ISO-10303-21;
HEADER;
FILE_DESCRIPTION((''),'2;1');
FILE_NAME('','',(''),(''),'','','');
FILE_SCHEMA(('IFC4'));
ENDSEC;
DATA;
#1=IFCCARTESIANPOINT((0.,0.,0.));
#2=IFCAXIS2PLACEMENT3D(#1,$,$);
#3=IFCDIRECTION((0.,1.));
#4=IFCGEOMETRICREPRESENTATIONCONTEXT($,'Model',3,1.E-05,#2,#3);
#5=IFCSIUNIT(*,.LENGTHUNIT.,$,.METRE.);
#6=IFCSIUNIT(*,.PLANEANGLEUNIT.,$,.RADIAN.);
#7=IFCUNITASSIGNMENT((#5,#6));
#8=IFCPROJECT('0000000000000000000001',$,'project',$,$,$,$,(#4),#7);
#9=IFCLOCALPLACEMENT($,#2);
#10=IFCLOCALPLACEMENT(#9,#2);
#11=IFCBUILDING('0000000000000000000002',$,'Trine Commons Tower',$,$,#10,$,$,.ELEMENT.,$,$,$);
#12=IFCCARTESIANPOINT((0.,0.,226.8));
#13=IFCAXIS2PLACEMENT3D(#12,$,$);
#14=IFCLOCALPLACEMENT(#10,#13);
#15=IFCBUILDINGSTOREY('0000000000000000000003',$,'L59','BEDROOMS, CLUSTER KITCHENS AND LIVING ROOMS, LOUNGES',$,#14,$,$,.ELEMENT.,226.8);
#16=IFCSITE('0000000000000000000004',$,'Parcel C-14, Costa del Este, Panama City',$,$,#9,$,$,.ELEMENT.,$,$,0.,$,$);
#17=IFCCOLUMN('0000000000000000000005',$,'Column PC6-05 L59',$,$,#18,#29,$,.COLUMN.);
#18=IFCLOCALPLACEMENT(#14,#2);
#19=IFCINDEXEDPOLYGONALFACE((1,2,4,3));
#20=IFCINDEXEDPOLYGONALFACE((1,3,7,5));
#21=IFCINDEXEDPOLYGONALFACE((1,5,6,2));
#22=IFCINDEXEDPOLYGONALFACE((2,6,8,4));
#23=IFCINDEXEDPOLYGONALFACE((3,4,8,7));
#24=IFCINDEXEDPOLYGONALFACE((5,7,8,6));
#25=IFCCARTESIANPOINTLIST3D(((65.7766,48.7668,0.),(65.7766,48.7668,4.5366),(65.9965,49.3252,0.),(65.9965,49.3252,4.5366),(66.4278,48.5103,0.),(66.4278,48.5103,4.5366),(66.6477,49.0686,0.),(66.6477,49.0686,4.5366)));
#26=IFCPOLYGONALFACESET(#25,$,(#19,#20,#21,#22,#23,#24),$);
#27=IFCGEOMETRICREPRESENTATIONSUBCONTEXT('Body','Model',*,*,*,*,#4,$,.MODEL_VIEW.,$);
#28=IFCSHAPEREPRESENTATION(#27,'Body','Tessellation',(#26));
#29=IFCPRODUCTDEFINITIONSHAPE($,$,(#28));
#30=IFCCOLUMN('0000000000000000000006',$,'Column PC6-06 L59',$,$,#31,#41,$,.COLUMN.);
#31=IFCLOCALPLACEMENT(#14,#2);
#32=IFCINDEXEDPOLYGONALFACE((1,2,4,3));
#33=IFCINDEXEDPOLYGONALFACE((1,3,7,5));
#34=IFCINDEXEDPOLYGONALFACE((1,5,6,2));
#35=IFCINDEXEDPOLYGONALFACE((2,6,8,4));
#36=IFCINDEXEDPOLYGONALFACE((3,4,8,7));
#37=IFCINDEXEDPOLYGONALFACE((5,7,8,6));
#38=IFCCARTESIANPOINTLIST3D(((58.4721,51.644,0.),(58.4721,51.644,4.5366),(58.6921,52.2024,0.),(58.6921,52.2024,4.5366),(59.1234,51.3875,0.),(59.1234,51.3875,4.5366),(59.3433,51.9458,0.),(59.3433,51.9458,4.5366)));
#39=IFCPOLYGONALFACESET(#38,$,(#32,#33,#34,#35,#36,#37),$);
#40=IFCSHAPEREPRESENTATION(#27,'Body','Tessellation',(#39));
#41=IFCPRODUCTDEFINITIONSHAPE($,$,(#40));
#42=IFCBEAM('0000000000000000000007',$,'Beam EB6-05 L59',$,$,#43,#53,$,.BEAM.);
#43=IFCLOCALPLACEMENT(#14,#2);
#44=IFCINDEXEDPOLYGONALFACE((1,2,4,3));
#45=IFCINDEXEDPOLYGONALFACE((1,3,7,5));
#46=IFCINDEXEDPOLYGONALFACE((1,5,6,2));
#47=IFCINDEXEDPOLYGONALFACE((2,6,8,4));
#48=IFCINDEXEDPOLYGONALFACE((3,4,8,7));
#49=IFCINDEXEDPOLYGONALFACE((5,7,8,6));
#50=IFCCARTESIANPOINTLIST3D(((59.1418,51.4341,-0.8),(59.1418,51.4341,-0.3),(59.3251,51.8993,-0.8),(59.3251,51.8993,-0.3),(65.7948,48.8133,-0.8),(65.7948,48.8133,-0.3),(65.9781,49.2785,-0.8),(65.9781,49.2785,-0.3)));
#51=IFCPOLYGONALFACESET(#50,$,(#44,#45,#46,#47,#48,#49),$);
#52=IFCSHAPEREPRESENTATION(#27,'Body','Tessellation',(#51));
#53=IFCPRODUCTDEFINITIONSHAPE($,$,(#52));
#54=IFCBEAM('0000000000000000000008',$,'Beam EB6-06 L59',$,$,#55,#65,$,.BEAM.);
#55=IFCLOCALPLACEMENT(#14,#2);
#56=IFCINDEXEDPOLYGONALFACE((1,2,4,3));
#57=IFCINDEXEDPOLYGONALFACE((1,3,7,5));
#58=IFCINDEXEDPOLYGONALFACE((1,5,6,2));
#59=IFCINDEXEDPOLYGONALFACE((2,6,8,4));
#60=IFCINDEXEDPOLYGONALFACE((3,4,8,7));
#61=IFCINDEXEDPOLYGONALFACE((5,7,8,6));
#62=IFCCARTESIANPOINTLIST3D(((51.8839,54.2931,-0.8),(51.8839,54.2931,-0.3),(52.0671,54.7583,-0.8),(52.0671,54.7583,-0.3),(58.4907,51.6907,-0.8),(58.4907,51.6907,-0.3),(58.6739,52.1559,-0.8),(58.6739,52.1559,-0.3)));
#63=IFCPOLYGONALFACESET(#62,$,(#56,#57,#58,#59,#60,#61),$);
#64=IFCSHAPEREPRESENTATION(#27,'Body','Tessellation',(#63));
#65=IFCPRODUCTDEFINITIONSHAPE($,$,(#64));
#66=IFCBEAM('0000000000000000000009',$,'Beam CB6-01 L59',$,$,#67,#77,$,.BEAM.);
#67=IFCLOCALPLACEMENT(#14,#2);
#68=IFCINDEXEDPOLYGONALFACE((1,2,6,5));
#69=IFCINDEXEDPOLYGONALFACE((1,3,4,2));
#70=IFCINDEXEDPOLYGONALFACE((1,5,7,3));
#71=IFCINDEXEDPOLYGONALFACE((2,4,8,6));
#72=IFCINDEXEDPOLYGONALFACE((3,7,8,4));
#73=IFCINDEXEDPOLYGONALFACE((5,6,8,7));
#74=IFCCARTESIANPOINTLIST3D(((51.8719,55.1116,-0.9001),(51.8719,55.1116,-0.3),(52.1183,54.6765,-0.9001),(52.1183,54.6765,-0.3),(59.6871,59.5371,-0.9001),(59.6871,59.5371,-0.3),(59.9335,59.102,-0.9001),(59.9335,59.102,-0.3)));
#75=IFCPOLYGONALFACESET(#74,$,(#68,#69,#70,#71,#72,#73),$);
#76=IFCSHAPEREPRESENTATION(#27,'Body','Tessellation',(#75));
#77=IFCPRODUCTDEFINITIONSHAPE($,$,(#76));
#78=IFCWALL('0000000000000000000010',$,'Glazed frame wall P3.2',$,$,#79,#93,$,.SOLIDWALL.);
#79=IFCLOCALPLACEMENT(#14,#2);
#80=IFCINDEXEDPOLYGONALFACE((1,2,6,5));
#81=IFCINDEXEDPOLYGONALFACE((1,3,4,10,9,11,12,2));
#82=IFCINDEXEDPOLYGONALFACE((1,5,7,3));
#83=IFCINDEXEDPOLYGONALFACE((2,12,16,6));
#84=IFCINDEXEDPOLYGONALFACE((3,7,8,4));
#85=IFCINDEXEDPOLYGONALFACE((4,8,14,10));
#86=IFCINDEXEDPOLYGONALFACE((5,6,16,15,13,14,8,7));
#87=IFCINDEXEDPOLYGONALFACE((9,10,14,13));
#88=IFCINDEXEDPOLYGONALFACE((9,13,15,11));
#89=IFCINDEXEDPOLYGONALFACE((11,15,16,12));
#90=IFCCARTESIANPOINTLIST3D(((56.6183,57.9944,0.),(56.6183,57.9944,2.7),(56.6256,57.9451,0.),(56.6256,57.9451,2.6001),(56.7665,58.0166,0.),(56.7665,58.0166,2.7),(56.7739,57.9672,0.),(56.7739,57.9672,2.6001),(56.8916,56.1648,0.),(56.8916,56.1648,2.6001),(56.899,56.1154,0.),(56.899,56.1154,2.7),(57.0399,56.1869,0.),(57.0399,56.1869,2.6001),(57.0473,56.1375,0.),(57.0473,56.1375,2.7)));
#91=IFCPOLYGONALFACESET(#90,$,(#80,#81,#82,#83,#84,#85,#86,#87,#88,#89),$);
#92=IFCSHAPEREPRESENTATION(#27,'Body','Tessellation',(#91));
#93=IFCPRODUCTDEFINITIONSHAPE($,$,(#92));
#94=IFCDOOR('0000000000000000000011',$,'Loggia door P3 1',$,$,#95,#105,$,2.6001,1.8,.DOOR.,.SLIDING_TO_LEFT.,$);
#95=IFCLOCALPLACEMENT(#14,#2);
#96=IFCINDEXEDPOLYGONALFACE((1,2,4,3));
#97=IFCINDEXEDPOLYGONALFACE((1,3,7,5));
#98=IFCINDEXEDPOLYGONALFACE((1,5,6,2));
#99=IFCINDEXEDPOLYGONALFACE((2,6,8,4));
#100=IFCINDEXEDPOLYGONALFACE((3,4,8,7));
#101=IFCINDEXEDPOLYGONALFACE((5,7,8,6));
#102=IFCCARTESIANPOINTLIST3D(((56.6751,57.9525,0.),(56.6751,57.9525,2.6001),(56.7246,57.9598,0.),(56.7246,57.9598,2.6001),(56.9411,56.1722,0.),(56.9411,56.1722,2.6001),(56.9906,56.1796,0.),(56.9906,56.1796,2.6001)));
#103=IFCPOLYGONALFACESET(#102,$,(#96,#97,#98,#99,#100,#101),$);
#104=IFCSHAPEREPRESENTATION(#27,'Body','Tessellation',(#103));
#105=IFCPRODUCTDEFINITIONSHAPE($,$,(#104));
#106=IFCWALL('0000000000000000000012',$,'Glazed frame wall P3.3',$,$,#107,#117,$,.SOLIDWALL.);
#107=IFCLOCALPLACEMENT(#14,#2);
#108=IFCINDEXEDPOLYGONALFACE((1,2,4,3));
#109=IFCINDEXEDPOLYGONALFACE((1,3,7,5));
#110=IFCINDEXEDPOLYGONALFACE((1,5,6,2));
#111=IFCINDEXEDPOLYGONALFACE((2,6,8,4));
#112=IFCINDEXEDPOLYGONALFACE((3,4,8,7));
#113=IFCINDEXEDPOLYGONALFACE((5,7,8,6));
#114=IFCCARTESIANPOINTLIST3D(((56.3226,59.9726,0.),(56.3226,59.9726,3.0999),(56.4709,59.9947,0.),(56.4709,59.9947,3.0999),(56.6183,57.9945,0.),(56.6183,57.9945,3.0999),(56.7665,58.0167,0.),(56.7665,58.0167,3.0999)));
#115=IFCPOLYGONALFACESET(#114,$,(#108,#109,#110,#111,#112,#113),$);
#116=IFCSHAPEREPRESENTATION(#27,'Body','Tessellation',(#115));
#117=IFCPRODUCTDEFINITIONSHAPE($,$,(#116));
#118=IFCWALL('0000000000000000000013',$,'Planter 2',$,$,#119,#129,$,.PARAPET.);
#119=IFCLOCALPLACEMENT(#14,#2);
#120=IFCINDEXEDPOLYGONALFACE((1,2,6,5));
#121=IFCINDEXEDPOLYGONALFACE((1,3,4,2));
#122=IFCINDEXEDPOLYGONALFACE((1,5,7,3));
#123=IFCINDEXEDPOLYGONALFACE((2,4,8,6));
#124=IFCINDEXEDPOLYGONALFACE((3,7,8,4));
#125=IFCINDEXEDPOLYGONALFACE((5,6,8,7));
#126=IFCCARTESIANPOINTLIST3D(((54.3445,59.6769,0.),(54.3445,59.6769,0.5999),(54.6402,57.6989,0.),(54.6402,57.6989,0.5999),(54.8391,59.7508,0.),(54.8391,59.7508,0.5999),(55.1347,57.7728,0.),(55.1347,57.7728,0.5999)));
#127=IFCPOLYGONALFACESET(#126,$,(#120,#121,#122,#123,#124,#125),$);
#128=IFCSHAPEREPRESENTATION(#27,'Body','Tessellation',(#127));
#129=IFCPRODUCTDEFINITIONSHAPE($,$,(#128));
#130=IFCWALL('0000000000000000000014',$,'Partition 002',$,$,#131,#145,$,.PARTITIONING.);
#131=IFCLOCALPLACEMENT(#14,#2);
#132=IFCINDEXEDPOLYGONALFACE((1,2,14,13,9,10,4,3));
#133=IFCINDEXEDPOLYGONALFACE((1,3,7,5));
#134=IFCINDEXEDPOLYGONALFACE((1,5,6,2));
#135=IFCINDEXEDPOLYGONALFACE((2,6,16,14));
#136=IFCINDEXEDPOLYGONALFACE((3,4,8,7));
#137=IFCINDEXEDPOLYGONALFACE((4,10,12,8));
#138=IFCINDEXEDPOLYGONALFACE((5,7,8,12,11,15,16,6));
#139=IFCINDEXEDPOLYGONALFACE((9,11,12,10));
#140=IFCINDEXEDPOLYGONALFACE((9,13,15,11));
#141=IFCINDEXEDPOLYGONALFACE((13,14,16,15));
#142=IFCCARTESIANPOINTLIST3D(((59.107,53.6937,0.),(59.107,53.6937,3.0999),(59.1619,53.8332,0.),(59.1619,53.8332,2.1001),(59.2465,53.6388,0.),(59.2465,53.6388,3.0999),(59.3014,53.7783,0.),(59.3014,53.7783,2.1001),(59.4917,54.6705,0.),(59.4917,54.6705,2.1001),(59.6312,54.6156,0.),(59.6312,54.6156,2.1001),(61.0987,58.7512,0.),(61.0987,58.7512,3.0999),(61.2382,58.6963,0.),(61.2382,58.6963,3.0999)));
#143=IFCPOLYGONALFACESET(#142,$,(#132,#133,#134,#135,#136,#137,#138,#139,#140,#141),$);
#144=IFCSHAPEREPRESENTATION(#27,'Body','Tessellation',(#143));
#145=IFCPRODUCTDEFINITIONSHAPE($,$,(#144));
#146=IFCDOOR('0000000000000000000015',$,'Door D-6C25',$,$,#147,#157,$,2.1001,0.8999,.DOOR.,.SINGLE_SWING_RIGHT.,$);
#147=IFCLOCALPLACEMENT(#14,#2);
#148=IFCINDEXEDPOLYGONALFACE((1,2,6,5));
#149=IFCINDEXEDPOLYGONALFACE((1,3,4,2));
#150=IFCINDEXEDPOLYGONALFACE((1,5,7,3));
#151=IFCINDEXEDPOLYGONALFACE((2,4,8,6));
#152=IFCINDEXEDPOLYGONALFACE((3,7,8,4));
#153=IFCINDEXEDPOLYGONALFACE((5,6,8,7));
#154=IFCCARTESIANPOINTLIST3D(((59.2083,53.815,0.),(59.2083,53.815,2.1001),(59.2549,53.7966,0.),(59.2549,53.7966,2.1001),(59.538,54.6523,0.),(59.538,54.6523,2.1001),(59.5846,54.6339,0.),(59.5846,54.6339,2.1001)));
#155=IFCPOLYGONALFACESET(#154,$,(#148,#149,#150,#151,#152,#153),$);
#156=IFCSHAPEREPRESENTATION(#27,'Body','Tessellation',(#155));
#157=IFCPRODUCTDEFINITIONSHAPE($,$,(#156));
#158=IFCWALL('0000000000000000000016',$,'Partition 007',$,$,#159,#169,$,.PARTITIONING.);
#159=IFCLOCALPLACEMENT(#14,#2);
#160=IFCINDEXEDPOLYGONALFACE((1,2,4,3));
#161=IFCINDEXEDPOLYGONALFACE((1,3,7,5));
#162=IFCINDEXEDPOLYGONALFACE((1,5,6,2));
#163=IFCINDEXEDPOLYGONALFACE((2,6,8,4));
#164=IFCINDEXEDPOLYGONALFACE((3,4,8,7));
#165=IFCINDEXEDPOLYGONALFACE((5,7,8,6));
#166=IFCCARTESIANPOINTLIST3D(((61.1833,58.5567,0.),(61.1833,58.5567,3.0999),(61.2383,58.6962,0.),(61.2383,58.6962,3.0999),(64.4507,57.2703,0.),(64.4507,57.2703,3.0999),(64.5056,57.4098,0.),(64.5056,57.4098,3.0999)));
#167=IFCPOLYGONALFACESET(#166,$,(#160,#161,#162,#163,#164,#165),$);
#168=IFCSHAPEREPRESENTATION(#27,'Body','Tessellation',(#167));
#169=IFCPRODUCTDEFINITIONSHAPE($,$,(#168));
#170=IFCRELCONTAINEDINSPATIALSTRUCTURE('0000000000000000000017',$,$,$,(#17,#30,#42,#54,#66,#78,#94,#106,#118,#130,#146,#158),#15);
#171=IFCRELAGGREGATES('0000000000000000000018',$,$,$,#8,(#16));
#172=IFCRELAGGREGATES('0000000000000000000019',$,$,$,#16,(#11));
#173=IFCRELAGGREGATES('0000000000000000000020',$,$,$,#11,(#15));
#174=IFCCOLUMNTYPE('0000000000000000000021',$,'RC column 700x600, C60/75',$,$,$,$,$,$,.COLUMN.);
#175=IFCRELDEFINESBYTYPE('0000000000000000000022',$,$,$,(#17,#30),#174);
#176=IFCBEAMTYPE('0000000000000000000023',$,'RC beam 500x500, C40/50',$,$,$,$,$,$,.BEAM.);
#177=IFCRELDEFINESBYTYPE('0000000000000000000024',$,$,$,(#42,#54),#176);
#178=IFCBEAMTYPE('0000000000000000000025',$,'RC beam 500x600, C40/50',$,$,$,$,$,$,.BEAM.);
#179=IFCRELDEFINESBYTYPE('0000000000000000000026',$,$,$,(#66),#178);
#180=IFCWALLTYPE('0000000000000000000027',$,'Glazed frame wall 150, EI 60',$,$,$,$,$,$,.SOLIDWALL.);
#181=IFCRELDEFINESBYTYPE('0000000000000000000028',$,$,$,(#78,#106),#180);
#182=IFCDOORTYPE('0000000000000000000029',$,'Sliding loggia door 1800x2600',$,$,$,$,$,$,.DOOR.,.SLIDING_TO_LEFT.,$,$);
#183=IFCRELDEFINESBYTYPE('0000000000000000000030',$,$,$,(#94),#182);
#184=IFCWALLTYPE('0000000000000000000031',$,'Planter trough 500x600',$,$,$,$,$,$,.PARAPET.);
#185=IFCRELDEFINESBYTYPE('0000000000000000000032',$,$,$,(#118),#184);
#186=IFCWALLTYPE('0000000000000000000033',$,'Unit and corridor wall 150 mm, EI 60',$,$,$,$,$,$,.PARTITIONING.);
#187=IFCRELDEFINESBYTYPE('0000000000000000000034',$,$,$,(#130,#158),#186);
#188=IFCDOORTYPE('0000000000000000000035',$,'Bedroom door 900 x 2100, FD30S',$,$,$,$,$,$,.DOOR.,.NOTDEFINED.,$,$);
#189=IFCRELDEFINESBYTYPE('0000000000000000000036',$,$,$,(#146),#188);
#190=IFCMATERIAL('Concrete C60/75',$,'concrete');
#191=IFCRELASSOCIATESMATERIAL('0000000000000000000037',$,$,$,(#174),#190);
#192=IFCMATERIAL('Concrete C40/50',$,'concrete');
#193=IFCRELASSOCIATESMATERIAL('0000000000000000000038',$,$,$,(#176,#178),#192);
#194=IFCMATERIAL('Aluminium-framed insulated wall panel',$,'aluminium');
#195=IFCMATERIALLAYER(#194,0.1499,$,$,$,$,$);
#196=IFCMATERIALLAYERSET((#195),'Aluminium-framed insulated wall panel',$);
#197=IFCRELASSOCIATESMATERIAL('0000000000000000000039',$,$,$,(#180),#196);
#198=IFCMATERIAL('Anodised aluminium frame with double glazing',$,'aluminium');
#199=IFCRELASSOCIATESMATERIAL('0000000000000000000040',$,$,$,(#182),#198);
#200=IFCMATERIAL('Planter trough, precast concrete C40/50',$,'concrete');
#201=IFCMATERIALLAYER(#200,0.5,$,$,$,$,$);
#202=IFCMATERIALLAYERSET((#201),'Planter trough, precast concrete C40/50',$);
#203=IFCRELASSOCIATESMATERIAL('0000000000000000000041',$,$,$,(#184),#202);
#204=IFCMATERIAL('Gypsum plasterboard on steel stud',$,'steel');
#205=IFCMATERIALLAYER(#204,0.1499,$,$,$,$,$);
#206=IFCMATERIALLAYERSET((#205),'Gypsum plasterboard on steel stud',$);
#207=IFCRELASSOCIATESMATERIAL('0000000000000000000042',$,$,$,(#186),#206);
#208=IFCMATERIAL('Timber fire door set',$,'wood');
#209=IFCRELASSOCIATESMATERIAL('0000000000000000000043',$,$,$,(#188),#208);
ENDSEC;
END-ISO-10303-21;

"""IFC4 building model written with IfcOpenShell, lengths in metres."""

from ifc_helpers import new_model, si_unit, direction, frame, frame_2d, origin, origin_2d, place, context, subcontext, project, spatial, polyline, rectangle, outline, extrude, material, layer, layer_set, material_profile, profile_set, type_object, element, fill, save


model = new_model("IFC4")

# Units and contexts
model_context = context("Model", 3, precision=1e-05, world=origin(), true_north=direction((0.0, 1.0)))
body_context = subcontext(model_context, "Body", "Model", "MODEL_VIEW")
ifc_project = project(units=[si_unit("LENGTHUNIT", "METRE"), si_unit("PLANEANGLEUNIT", "RADIAN")], contexts=[model_context])

# Site, building, storey
site_placement = place(None, origin())
site = spatial("IfcSite", under=ifc_project, at=site_placement, Name="Parcel C-14, Costa del Este, Panama City", CompositionType="ELEMENT", RefElevation=0.0)
building_placement = place(site_placement, origin())
building = spatial("IfcBuilding", under=site, at=building_placement, Name="Trine Commons Tower", CompositionType="ELEMENT")
storey_placement = place(building_placement, frame((0.0, 0.0, 226.8)))
storey = spatial("IfcBuildingStorey", under=building, at=storey_placement, Name="L59", Description="BEDROOMS, CLUSTER KITCHENS AND LIVING ROOMS, LOUNGES", CompositionType="ELEMENT", Elevation=226.8)

# Columns
ifc_material_1 = material(Name="Concrete C60/75", Category="concrete")
ifc_material_profile_1 = material_profile(ifc_material_1, rectangle(XDim=0.7, YDim=0.6001, at=origin_2d()), Name="RC 700x600")
ifc_profile_set_1 = profile_set([ifc_material_profile_1], Name="Concrete C60/75")
column_type = type_object("IfcColumnType", Name="RC column 700x600, C60/75", PredefinedType="COLUMN", material=ifc_profile_set_1)
for number, where, z_axis, x_axis, name in (
    (1, (66.2122, 48.9177, 0.0), (0.0, 0.0, 1.0), (-0.930418, 0.366501, 0.0), "Column PC6-05 L59"),
    (2, (58.9077, 51.7949, 0.0), (0.0, 0.0, 1.0), (-0.930418, 0.366501, 0.0), "Column PC6-06 L59"),
):
    element("IfcColumn", number, at=place(storey_placement, frame(where, z_axis=z_axis, x_axis=x_axis)), inside=storey, type_object=column_type, Name=name, PredefinedType="COLUMN", context=body_context, shape_type="SweptSolid", body=[
        extrude(rectangle(XDim=0.7, YDim=0.6001, at=origin_2d()), origin(), (0.0, 0.0, 1.0), 4.5366),
    ])

# Beams
ifc_material_2 = material(Name="Concrete C40/50", Category="concrete")
ifc_material_profile_2 = material_profile(ifc_material_2, rectangle(XDim=0.5, YDim=0.5, at=origin_2d()), Name="RC 500x500")
ifc_profile_set_2 = profile_set([ifc_material_profile_2], Name="Concrete C40/50")
beam_type_1 = type_object("IfcBeamType", Name="RC beam 500x500, C40/50", PredefinedType="BEAM", material=ifc_profile_set_2)
beam_1_placement = place(storey_placement, frame((65.8865, 49.0459, -0.55), z_axis=(-0.930411, 0.366517, 0.0), x_axis=(-0.366517, -0.930411, 0.0)))
element("IfcBeam", 3, at=beam_1_placement, inside=storey, type_object=beam_type_1, Name="Beam EB6-05 L59", PredefinedType="BEAM", context=body_context, shape_type="SweptSolid", body=[
    extrude(rectangle(XDim=0.5, YDim=0.5, at=origin_2d()), origin(), (0.0, 0.0, 1.0), 7.1506),
])
beam_2_placement = place(storey_placement, frame((58.5823, 51.9233, -0.55), z_axis=(-0.930425, 0.366483, 0.0), x_axis=(-0.366483, -0.930425, 0.0)))
element("IfcBeam", 4, at=beam_2_placement, inside=storey, type_object=beam_type_1, Name="Beam EB6-06 L59", PredefinedType="BEAM", context=body_context, shape_type="SweptSolid", body=[
    extrude(rectangle(XDim=0.5, YDim=0.5, at=origin_2d()), origin(), (0.0, 0.0, 1.0), 7.1008),
])
ifc_material_profile_3 = material_profile(ifc_material_2, rectangle(XDim=0.5, YDim=0.6001, at=origin_2d()), Name="RC 500x600")
ifc_profile_set_3 = profile_set([ifc_material_profile_3], Name="Concrete C40/50")
beam_type_2 = type_object("IfcBeamType", Name="RC beam 500x600, C40/50", PredefinedType="BEAM", material=ifc_profile_set_3)
beam_3_placement = place(storey_placement, frame((51.9951, 54.894, -0.6001), z_axis=(0.870169, 0.492754, 0.0), x_axis=(-0.492754, 0.870169, 0.0)))
element("IfcBeam", 5, at=beam_3_placement, inside=storey, type_object=beam_type_2, Name="Beam CB6-01 L59", PredefinedType="BEAM", context=body_context, shape_type="SweptSolid", body=[
    extrude(rectangle(XDim=0.5, YDim=0.6001, at=origin_2d()), origin(), (0.0, 0.0, 1.0), 8.9812),
])

# Shared definitions
ifc_material_3 = material(Name="Aluminium-framed insulated wall panel", Category="aluminium")
ifc_layer_1 = layer(ifc_material_3, 0.1499)
ifc_layer_set_1 = layer_set([ifc_layer_1], Name="Aluminium-framed insulated wall panel")
wall_type_1 = type_object("IfcWallType", Name="Glazed frame wall 150, EI 60", PredefinedType="SOLIDWALL", material=ifc_layer_set_1)

# Wall, opening, door
wall_1_placement = place(storey_placement, frame((56.9731, 56.1265, 0.0), z_axis=(0.0, 0.0, 1.0), x_axis=(-0.147769, 0.989022, 0.0)))
wall_1 = element("IfcWall", 6, at=wall_1_placement, inside=storey, type_object=wall_type_1, Name="Glazed frame wall P3.2", PredefinedType="SOLIDWALL", context=body_context, shape_type="SweptSolid", body=[
    extrude(outline(polyline([(0.0, -0.075), (1.8999, -0.075), (1.8999, 0.075), (0.0, 0.075), (0.0, -0.075)])), origin(), (0.0, 0.0, 1.0), 2.7),
])
opening_1_placement = place(wall_1_placement, frame((0.05, 0.0, 0.0)))
opening_1 = element("IfcOpeningElement", 7, at=opening_1_placement, cuts=wall_1, PredefinedType="OPENING", context=body_context, shape_type="SweptSolid", body=[
    extrude(rectangle(XDim=1.8, YDim=2.6001, at=frame_2d((0.8999, 1.3))), frame((0.0, 0.085, 0.0), z_axis=(0.0, -1.0, 0.0), x_axis=(1.0, 0.0, 0.0)), (0.0, 0.0, 1.0), 0.1699),
])
ifc_material_4 = material(Name="Anodised aluminium frame with double glazing", Category="aluminium")
door_type_1 = type_object("IfcDoorType", Name="Sliding loggia door 1800x2600", OperationType="SLIDING_TO_LEFT", PredefinedType="DOOR", material=ifc_material_4)
door_1_placement = place(opening_1_placement, origin())
door_1 = element("IfcDoor", 8, at=door_1_placement, inside=storey, type_object=door_type_1, Name="Loggia door P3 1", OperationType="SLIDING_TO_LEFT", OverallHeight=2.6001, OverallWidth=1.8, PredefinedType="DOOR", context=body_context, shape_type="SweptSolid", body=[
    extrude(rectangle(XDim=1.8, YDim=2.6001, at=frame_2d((0.8999, 1.3))), frame((0.0, 0.0249, 0.0), z_axis=(0.0, -1.0, 0.0), x_axis=(1.0, 0.0, 0.0)), (0.0, 0.0, 1.0), 0.05),
])
fill(opening_1, door_1)

# Walls
wall_2_placement = place(storey_placement, frame((56.6924, 58.0056, 0.0), z_axis=(0.0, 0.0, 1.0), x_axis=(-0.147827, 0.989013, 0.0)))
element("IfcWall", 9, at=wall_2_placement, inside=storey, type_object=wall_type_1, Name="Glazed frame wall P3.3", PredefinedType="SOLIDWALL", context=body_context, shape_type="SweptSolid", body=[
    extrude(outline(polyline([(0.0, -0.075), (2.0, -0.075), (2.0, 0.075), (0.0, 0.075), (0.0, -0.075)])), origin(), (0.0, 0.0, 1.0), 3.0999),
])
ifc_material_5 = material(Name="Planter trough, precast concrete C40/50", Category="concrete")
ifc_layer_2 = layer(ifc_material_5, 0.5)
ifc_layer_set_2 = layer_set([ifc_layer_2], Name="Planter trough, precast concrete C40/50")
wall_type_2 = type_object("IfcWallType", Name="Planter trough 500x600", PredefinedType="PARAPET", material=ifc_layer_set_2)
wall_3_placement = place(storey_placement, frame((54.8875, 57.7358, 0.0), z_axis=(0.0, 0.0, 1.0), x_axis=(-0.147827, 0.989013, 0.0)))
element("IfcWall", 10, at=wall_3_placement, inside=storey, type_object=wall_type_2, Name="Planter 2", PredefinedType="PARAPET", context=body_context, shape_type="SweptSolid", body=[
    extrude(rectangle(XDim=2.0, YDim=0.5, at=frame_2d((1.0, 0.0))), origin(), (0.0, 0.0, 1.0), 0.5999),
])

# Wall, opening, door
ifc_material_6 = material(Name="Gypsum plasterboard on steel stud", Category="steel")
ifc_layer_3 = layer(ifc_material_6, 0.1499)
ifc_layer_set_3 = layer_set([ifc_layer_3], Name="Gypsum plasterboard on steel stud")
wall_type_3 = type_object("IfcWallType", Name="Unit and corridor wall 150 mm, EI 60", PredefinedType="PARTITIONING", material=ifc_layer_set_3)
wall_4_placement = place(storey_placement, frame((59.1768, 53.6663, 0.0), z_axis=(0.0, 0.0, 1.0), x_axis=(0.366414, 0.930452, 0.0)))
wall_4 = element("IfcWall", 11, at=wall_4_placement, inside=storey, type_object=wall_type_3, Name="Partition 002", PredefinedType="PARTITIONING", context=body_context, shape_type="SweptSolid", body=[
    extrude(rectangle(XDim=5.4355, YDim=0.1499, at=frame_2d((2.7178, 0.0))), origin(), (0.0, 0.0, 1.0), 3.0999),
])
opening_2_placement = place(wall_4_placement, frame((0.1499, 0.0, 0.0)))
opening_2 = element("IfcOpeningElement", 12, at=opening_2_placement, cuts=wall_4, PredefinedType="OPENING", context=body_context, shape_type="SweptSolid", body=[
    extrude(rectangle(XDim=0.8999, YDim=2.1001, at=frame_2d((0.45, 1.05))), frame((0.0, 0.085, 0.0), z_axis=(0.0, -1.0, 0.0), x_axis=(1.0, 0.0, 0.0)), (0.0, 0.0, 1.0), 0.1699),
])
ifc_material_7 = material(Name="Timber fire door set", Category="wood")
door_type_2 = type_object("IfcDoorType", Name="Bedroom door 900 x 2100, FD30S", OperationType="NOTDEFINED", PredefinedType="DOOR", material=ifc_material_7)
door_2_placement = place(opening_2_placement, frame((0.8999, 0.0, 0.0), z_axis=(0.0, 0.0, 1.0), x_axis=(-1.0, 0.0, 0.0)))
door_2 = element("IfcDoor", 13, at=door_2_placement, inside=storey, type_object=door_type_2, Name="Door D-6C25", OperationType="SINGLE_SWING_RIGHT", OverallHeight=2.1001, OverallWidth=0.8999, PredefinedType="DOOR", context=body_context, shape_type="SweptSolid", body=[
    extrude(rectangle(XDim=0.8999, YDim=2.1001, at=frame_2d((0.45, 1.05))), frame((0.0, 0.0249, 0.0), z_axis=(0.0, -1.0, 0.0), x_axis=(1.0, 0.0, 0.0)), (0.0, 0.0, 1.0), 0.05),
])
fill(opening_2, door_2)

# Wall
wall_5_placement = place(storey_placement, frame((61.2107, 58.6265, 0.0), z_axis=(0.0, 0.0, 1.0), x_axis=(0.930482, -0.366338, 0.0)))
element("IfcWall", 14, at=wall_5_placement, inside=storey, type_object=wall_type_3, Name="Partition 007", PredefinedType="PARTITIONING", context=body_context, shape_type="SweptSolid", body=[
    extrude(rectangle(XDim=3.5115, YDim=0.1499, at=frame_2d((1.7559, 0.0))), origin(), (0.0, 0.0, 1.0), 3.0999),
])

save(model, "model.ifc")
